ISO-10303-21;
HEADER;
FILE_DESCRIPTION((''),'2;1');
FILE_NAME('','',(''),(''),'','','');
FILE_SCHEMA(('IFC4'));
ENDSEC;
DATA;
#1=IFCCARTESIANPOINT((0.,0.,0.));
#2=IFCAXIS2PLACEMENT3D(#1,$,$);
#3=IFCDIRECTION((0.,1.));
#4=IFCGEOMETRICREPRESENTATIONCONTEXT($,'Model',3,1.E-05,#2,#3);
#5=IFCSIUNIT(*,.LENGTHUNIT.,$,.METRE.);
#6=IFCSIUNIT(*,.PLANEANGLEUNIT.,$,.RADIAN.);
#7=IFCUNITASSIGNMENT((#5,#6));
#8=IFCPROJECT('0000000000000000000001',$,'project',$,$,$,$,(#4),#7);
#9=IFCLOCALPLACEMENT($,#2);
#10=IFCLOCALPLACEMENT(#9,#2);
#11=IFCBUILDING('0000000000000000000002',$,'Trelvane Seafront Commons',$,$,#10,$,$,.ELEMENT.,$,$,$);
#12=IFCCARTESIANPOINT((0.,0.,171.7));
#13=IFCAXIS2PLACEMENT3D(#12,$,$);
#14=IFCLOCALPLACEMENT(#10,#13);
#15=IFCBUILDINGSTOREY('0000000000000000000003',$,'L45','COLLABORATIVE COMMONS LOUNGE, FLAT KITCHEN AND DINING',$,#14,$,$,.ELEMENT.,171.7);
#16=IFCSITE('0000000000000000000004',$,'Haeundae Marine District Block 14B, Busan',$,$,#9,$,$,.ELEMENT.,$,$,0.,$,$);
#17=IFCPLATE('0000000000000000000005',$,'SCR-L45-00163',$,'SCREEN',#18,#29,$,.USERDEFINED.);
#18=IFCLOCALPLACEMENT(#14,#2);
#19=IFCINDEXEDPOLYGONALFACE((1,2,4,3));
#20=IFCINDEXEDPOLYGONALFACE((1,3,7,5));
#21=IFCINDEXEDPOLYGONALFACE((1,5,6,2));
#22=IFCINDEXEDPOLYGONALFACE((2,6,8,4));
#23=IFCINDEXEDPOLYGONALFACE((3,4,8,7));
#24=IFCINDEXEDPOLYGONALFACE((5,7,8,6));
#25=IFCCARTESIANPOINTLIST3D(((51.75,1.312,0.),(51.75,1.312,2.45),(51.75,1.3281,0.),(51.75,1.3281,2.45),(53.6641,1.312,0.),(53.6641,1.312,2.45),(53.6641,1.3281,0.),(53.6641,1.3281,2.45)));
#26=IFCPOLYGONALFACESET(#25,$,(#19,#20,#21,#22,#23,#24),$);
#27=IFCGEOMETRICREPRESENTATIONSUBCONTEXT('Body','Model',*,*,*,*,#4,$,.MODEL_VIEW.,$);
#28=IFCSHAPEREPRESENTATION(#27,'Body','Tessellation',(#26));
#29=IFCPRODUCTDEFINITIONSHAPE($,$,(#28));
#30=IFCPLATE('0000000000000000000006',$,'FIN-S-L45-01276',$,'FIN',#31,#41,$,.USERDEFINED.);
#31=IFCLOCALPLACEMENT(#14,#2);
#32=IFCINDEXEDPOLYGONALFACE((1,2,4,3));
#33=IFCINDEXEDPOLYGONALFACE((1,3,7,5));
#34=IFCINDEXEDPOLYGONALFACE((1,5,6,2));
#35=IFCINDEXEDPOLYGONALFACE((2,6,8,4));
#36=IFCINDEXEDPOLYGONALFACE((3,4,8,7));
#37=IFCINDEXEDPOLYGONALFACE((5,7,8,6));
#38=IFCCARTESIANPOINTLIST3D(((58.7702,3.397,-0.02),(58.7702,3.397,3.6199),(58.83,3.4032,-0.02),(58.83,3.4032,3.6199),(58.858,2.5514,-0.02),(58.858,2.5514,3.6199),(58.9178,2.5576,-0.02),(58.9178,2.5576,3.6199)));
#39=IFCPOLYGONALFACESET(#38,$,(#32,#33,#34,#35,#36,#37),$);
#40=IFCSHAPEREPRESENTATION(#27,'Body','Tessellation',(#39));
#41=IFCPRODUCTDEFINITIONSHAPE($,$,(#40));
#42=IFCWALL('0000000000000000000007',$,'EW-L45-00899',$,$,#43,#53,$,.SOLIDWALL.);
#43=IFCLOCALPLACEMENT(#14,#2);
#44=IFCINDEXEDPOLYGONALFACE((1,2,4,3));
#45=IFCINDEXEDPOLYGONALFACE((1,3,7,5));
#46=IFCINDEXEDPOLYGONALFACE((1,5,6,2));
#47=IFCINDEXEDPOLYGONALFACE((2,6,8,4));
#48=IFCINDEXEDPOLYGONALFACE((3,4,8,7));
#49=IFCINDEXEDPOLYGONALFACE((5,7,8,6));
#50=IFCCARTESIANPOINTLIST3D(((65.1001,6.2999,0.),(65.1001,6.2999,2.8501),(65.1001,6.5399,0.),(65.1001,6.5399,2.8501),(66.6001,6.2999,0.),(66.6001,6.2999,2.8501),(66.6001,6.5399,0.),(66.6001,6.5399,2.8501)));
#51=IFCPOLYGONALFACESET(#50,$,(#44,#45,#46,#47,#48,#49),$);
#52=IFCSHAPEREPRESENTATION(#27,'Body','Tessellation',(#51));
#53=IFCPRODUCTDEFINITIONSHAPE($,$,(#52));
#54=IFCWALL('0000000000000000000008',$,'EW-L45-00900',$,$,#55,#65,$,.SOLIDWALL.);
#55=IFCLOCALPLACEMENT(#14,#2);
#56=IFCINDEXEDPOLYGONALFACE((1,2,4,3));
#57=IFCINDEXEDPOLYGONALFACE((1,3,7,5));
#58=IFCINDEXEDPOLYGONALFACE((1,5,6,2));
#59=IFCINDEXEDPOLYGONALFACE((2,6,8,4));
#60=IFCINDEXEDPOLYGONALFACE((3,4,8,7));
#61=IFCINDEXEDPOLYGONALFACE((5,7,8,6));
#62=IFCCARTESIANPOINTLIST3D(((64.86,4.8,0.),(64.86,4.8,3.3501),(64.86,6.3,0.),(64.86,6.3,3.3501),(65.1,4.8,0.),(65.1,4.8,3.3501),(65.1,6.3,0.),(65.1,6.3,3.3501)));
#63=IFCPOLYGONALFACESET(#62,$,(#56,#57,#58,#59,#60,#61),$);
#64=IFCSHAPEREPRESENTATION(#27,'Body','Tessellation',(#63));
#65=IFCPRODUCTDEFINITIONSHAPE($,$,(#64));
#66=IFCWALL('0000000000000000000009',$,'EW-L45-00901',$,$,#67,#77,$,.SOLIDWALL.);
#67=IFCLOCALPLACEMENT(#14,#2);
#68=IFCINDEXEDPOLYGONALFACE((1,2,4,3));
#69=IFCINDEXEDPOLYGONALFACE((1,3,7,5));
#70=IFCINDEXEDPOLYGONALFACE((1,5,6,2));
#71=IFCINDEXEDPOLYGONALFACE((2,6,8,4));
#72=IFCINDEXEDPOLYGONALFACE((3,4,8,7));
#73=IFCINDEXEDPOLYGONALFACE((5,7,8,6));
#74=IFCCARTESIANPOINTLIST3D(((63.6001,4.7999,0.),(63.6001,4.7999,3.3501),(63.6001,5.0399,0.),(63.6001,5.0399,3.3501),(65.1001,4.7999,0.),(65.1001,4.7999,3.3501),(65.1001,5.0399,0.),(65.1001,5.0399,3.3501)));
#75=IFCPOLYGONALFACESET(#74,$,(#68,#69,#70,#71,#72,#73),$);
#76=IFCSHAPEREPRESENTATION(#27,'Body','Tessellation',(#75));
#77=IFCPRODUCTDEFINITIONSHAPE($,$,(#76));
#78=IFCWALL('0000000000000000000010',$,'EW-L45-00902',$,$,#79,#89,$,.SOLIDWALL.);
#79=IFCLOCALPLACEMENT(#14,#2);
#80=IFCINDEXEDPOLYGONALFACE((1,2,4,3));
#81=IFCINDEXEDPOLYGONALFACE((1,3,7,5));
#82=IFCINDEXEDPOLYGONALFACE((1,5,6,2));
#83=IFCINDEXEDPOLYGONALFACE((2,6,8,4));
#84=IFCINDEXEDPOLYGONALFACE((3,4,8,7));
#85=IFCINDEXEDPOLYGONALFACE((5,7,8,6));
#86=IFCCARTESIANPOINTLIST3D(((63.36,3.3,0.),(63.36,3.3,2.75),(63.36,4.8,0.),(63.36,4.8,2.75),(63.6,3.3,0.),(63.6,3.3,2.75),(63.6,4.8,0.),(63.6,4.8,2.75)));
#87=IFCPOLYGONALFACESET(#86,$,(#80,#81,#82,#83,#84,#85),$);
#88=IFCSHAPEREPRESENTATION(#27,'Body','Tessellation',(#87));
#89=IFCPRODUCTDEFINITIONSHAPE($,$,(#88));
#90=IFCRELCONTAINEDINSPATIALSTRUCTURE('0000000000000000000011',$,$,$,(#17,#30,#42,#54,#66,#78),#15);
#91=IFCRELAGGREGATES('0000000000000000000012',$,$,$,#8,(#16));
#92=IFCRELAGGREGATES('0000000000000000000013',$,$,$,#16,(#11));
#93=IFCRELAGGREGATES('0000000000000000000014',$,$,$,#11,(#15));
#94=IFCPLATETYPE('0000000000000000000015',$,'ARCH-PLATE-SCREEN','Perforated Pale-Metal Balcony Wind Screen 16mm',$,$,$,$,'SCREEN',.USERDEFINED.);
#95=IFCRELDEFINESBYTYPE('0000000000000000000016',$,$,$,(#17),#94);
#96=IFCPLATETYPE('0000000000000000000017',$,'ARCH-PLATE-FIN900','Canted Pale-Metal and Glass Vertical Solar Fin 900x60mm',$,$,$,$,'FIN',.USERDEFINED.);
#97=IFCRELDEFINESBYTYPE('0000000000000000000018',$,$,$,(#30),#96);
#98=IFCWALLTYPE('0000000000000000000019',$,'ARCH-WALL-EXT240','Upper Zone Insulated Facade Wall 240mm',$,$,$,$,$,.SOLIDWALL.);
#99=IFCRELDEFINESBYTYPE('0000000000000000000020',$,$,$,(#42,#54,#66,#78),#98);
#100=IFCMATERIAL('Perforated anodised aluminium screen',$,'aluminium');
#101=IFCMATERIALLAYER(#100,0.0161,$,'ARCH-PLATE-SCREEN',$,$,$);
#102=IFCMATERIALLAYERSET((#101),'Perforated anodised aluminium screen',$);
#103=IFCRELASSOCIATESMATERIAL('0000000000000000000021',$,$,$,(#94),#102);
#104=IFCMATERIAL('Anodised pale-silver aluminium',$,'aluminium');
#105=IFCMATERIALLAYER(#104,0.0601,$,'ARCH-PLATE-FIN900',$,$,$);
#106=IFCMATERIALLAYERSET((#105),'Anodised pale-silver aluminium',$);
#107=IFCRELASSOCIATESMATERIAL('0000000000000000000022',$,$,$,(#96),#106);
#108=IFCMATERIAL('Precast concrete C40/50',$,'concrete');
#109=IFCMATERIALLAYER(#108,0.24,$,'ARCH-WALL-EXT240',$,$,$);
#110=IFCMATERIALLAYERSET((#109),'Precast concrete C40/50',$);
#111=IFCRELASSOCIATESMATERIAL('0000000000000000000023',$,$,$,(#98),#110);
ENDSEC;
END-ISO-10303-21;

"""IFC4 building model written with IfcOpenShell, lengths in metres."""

from ifc_helpers import new_model, si_unit, direction, frame, frame_2d, origin, origin_2d, place, context, subcontext, project, spatial, rectangle, extrude, source, transform, mapped, material, layer, layer_set, type_object, element, save


model = new_model("IFC4")

# Units and contexts
model_context = context("Model", 3, precision=1e-05, world=origin(), true_north=direction((0.0, 1.0)))
body_context = subcontext(model_context, "Body", "Model", "MODEL_VIEW")
ifc_project = project(units=[si_unit("LENGTHUNIT", "METRE"), si_unit("PLANEANGLEUNIT", "RADIAN")], contexts=[model_context])

# Site, building, storey
site_placement = place(None, origin())
site = spatial("IfcSite", under=ifc_project, at=site_placement, Name="Haeundae Marine District Block 14B, Busan", CompositionType="ELEMENT", RefElevation=0.0)
building_placement = place(site_placement, origin())
building = spatial("IfcBuilding", under=site, at=building_placement, Name="Trelvane Seafront Commons", CompositionType="ELEMENT")
storey_placement = place(building_placement, frame((0.0, 0.0, 171.7)))
storey = spatial("IfcBuildingStorey", under=building, at=storey_placement, Name="L45", Description="COLLABORATIVE COMMONS LOUNGE, FLAT KITCHEN AND DINING", CompositionType="ELEMENT", Elevation=171.7)

# Plates
ifc_material_1 = material(Name="Perforated anodised aluminium screen", Category="aluminium")
ifc_layer_1 = layer(ifc_material_1, 0.0161, Name="ARCH-PLATE-SCREEN")
ifc_layer_set_1 = layer_set([ifc_layer_1], Name="Perforated anodised aluminium screen")
plate_type_1 = type_object("IfcPlateType", Name="ARCH-PLATE-SCREEN", Description="Perforated Pale-Metal Balcony Wind Screen 16mm", ElementType="SCREEN", PredefinedType="USERDEFINED", material=ifc_layer_set_1)
shared_shape_1 = source(origin(), body_context, "Body", "SweptSolid", [
    extrude(rectangle(XDim=1.9141, YDim=0.0161, at=origin_2d()), origin(), (0.0, 0.0, 1.0), 2.45),
])
plate_1_placement = place(storey_placement, frame((52.707, 1.3201, 0.0), z_axis=(0.0, 0.0, 1.0), x_axis=(1.0, 0.0, 0.0)))
element("IfcPlate", 1, at=plate_1_placement, inside=storey, type_object=plate_type_1, Name="SCR-L45-00163", ObjectType="SCREEN", PredefinedType="USERDEFINED", context=body_context, shape_type="MappedRepresentation", body=[
    mapped(shared_shape_1, transform((0.0, 0.0, 0.0), x_axis=(1.0, 0.0, 0.0), y_axis=(0.0, 1.0, 0.0), z_axis=(0.0, 0.0, 1.0), scale=1.0)),
])
ifc_material_2 = material(Name="Anodised pale-silver aluminium", Category="aluminium")
ifc_layer_2 = layer(ifc_material_2, 0.0601, Name="ARCH-PLATE-FIN900")
ifc_layer_set_2 = layer_set([ifc_layer_2], Name="Anodised pale-silver aluminium")
plate_type_2 = type_object("IfcPlateType", Name="ARCH-PLATE-FIN900", Description="Canted Pale-Metal and Glass Vertical Solar Fin 900x60mm", ElementType="FIN", PredefinedType="USERDEFINED", material=ifc_layer_set_2)
shared_shape_2 = source(origin(), body_context, "Body", "SweptSolid", [
    extrude(rectangle(XDim=0.8501, YDim=0.0601, at=origin_2d()), origin(), (0.0, 0.0, 1.0), 3.6399),
])
plate_2_placement = place(storey_placement, frame((58.844, 2.9773, -0.02), z_axis=(0.0, 0.0, 1.0), x_axis=(0.103289, -0.994651, 0.0)))
element("IfcPlate", 2, at=plate_2_placement, inside=storey, type_object=plate_type_2, Name="FIN-S-L45-01276", ObjectType="FIN", PredefinedType="USERDEFINED", context=body_context, shape_type="MappedRepresentation", body=[
    mapped(shared_shape_2, transform((0.0, 0.0, 0.0), x_axis=(1.0, 0.0, 0.0), y_axis=(0.0, 1.0, 0.0), z_axis=(0.0, 0.0, 1.0), scale=1.0)),
])

# Walls
ifc_material_3 = material(Name="Precast concrete C40/50", Category="concrete")
ifc_layer_3 = layer(ifc_material_3, 0.24, Name="ARCH-WALL-EXT240")
ifc_layer_set_3 = layer_set([ifc_layer_3], Name="Precast concrete C40/50")
wall_type_1 = type_object("IfcWallType", Name="ARCH-WALL-EXT240", Description="Upper Zone Insulated Facade Wall 240mm", PredefinedType="SOLIDWALL", material=ifc_layer_set_3)
wall_1_placement = place(storey_placement, frame((66.6001, 6.4199, 0.0), z_axis=(0.0, 0.0, 1.0), x_axis=(-1.0, 0.0, 0.0)))
element("IfcWall", 3, at=wall_1_placement, inside=storey, type_object=wall_type_1, Name="EW-L45-00899", PredefinedType="SOLIDWALL", context=body_context, shape_type="SweptSolid", body=[
    extrude(rectangle(XDim=1.5, YDim=0.24, at=frame_2d((0.75, 0.0))), origin(), (0.0, 0.0, 1.0), 2.8501),
])
for number, where, z_axis, x_axis, name in (
    (4, (64.98, 6.3, 0.0), (0.0, 0.0, 1.0), (0.0, -1.0, 0.0), "EW-L45-00900"),
    (5, (65.1001, 4.9199, 0.0), (0.0, 0.0, 1.0), (-1.0, 0.0, 0.0), "EW-L45-00901"),
):
    element("IfcWall", number, at=place(storey_placement, frame(where, z_axis=z_axis, x_axis=x_axis)), inside=storey, type_object=wall_type_1, Name=name, PredefinedType="SOLIDWALL", context=body_context, shape_type="SweptSolid", body=[
        extrude(rectangle(XDim=1.5, YDim=0.24, at=frame_2d((0.75, 0.0))), origin(), (0.0, 0.0, 1.0), 3.3501),
    ])
wall_2_placement = place(storey_placement, frame((63.48, 4.8, 0.0), z_axis=(0.0, 0.0, 1.0), x_axis=(0.0, -1.0, 0.0)))
element("IfcWall", 6, at=wall_2_placement, inside=storey, type_object=wall_type_1, Name="EW-L45-00902", PredefinedType="SOLIDWALL", context=body_context, shape_type="SweptSolid", body=[
    extrude(rectangle(XDim=1.5, YDim=0.24, at=frame_2d((0.75, 0.0))), origin(), (0.0, 0.0, 1.0), 2.75),
])

save(model, "model.ifc")
